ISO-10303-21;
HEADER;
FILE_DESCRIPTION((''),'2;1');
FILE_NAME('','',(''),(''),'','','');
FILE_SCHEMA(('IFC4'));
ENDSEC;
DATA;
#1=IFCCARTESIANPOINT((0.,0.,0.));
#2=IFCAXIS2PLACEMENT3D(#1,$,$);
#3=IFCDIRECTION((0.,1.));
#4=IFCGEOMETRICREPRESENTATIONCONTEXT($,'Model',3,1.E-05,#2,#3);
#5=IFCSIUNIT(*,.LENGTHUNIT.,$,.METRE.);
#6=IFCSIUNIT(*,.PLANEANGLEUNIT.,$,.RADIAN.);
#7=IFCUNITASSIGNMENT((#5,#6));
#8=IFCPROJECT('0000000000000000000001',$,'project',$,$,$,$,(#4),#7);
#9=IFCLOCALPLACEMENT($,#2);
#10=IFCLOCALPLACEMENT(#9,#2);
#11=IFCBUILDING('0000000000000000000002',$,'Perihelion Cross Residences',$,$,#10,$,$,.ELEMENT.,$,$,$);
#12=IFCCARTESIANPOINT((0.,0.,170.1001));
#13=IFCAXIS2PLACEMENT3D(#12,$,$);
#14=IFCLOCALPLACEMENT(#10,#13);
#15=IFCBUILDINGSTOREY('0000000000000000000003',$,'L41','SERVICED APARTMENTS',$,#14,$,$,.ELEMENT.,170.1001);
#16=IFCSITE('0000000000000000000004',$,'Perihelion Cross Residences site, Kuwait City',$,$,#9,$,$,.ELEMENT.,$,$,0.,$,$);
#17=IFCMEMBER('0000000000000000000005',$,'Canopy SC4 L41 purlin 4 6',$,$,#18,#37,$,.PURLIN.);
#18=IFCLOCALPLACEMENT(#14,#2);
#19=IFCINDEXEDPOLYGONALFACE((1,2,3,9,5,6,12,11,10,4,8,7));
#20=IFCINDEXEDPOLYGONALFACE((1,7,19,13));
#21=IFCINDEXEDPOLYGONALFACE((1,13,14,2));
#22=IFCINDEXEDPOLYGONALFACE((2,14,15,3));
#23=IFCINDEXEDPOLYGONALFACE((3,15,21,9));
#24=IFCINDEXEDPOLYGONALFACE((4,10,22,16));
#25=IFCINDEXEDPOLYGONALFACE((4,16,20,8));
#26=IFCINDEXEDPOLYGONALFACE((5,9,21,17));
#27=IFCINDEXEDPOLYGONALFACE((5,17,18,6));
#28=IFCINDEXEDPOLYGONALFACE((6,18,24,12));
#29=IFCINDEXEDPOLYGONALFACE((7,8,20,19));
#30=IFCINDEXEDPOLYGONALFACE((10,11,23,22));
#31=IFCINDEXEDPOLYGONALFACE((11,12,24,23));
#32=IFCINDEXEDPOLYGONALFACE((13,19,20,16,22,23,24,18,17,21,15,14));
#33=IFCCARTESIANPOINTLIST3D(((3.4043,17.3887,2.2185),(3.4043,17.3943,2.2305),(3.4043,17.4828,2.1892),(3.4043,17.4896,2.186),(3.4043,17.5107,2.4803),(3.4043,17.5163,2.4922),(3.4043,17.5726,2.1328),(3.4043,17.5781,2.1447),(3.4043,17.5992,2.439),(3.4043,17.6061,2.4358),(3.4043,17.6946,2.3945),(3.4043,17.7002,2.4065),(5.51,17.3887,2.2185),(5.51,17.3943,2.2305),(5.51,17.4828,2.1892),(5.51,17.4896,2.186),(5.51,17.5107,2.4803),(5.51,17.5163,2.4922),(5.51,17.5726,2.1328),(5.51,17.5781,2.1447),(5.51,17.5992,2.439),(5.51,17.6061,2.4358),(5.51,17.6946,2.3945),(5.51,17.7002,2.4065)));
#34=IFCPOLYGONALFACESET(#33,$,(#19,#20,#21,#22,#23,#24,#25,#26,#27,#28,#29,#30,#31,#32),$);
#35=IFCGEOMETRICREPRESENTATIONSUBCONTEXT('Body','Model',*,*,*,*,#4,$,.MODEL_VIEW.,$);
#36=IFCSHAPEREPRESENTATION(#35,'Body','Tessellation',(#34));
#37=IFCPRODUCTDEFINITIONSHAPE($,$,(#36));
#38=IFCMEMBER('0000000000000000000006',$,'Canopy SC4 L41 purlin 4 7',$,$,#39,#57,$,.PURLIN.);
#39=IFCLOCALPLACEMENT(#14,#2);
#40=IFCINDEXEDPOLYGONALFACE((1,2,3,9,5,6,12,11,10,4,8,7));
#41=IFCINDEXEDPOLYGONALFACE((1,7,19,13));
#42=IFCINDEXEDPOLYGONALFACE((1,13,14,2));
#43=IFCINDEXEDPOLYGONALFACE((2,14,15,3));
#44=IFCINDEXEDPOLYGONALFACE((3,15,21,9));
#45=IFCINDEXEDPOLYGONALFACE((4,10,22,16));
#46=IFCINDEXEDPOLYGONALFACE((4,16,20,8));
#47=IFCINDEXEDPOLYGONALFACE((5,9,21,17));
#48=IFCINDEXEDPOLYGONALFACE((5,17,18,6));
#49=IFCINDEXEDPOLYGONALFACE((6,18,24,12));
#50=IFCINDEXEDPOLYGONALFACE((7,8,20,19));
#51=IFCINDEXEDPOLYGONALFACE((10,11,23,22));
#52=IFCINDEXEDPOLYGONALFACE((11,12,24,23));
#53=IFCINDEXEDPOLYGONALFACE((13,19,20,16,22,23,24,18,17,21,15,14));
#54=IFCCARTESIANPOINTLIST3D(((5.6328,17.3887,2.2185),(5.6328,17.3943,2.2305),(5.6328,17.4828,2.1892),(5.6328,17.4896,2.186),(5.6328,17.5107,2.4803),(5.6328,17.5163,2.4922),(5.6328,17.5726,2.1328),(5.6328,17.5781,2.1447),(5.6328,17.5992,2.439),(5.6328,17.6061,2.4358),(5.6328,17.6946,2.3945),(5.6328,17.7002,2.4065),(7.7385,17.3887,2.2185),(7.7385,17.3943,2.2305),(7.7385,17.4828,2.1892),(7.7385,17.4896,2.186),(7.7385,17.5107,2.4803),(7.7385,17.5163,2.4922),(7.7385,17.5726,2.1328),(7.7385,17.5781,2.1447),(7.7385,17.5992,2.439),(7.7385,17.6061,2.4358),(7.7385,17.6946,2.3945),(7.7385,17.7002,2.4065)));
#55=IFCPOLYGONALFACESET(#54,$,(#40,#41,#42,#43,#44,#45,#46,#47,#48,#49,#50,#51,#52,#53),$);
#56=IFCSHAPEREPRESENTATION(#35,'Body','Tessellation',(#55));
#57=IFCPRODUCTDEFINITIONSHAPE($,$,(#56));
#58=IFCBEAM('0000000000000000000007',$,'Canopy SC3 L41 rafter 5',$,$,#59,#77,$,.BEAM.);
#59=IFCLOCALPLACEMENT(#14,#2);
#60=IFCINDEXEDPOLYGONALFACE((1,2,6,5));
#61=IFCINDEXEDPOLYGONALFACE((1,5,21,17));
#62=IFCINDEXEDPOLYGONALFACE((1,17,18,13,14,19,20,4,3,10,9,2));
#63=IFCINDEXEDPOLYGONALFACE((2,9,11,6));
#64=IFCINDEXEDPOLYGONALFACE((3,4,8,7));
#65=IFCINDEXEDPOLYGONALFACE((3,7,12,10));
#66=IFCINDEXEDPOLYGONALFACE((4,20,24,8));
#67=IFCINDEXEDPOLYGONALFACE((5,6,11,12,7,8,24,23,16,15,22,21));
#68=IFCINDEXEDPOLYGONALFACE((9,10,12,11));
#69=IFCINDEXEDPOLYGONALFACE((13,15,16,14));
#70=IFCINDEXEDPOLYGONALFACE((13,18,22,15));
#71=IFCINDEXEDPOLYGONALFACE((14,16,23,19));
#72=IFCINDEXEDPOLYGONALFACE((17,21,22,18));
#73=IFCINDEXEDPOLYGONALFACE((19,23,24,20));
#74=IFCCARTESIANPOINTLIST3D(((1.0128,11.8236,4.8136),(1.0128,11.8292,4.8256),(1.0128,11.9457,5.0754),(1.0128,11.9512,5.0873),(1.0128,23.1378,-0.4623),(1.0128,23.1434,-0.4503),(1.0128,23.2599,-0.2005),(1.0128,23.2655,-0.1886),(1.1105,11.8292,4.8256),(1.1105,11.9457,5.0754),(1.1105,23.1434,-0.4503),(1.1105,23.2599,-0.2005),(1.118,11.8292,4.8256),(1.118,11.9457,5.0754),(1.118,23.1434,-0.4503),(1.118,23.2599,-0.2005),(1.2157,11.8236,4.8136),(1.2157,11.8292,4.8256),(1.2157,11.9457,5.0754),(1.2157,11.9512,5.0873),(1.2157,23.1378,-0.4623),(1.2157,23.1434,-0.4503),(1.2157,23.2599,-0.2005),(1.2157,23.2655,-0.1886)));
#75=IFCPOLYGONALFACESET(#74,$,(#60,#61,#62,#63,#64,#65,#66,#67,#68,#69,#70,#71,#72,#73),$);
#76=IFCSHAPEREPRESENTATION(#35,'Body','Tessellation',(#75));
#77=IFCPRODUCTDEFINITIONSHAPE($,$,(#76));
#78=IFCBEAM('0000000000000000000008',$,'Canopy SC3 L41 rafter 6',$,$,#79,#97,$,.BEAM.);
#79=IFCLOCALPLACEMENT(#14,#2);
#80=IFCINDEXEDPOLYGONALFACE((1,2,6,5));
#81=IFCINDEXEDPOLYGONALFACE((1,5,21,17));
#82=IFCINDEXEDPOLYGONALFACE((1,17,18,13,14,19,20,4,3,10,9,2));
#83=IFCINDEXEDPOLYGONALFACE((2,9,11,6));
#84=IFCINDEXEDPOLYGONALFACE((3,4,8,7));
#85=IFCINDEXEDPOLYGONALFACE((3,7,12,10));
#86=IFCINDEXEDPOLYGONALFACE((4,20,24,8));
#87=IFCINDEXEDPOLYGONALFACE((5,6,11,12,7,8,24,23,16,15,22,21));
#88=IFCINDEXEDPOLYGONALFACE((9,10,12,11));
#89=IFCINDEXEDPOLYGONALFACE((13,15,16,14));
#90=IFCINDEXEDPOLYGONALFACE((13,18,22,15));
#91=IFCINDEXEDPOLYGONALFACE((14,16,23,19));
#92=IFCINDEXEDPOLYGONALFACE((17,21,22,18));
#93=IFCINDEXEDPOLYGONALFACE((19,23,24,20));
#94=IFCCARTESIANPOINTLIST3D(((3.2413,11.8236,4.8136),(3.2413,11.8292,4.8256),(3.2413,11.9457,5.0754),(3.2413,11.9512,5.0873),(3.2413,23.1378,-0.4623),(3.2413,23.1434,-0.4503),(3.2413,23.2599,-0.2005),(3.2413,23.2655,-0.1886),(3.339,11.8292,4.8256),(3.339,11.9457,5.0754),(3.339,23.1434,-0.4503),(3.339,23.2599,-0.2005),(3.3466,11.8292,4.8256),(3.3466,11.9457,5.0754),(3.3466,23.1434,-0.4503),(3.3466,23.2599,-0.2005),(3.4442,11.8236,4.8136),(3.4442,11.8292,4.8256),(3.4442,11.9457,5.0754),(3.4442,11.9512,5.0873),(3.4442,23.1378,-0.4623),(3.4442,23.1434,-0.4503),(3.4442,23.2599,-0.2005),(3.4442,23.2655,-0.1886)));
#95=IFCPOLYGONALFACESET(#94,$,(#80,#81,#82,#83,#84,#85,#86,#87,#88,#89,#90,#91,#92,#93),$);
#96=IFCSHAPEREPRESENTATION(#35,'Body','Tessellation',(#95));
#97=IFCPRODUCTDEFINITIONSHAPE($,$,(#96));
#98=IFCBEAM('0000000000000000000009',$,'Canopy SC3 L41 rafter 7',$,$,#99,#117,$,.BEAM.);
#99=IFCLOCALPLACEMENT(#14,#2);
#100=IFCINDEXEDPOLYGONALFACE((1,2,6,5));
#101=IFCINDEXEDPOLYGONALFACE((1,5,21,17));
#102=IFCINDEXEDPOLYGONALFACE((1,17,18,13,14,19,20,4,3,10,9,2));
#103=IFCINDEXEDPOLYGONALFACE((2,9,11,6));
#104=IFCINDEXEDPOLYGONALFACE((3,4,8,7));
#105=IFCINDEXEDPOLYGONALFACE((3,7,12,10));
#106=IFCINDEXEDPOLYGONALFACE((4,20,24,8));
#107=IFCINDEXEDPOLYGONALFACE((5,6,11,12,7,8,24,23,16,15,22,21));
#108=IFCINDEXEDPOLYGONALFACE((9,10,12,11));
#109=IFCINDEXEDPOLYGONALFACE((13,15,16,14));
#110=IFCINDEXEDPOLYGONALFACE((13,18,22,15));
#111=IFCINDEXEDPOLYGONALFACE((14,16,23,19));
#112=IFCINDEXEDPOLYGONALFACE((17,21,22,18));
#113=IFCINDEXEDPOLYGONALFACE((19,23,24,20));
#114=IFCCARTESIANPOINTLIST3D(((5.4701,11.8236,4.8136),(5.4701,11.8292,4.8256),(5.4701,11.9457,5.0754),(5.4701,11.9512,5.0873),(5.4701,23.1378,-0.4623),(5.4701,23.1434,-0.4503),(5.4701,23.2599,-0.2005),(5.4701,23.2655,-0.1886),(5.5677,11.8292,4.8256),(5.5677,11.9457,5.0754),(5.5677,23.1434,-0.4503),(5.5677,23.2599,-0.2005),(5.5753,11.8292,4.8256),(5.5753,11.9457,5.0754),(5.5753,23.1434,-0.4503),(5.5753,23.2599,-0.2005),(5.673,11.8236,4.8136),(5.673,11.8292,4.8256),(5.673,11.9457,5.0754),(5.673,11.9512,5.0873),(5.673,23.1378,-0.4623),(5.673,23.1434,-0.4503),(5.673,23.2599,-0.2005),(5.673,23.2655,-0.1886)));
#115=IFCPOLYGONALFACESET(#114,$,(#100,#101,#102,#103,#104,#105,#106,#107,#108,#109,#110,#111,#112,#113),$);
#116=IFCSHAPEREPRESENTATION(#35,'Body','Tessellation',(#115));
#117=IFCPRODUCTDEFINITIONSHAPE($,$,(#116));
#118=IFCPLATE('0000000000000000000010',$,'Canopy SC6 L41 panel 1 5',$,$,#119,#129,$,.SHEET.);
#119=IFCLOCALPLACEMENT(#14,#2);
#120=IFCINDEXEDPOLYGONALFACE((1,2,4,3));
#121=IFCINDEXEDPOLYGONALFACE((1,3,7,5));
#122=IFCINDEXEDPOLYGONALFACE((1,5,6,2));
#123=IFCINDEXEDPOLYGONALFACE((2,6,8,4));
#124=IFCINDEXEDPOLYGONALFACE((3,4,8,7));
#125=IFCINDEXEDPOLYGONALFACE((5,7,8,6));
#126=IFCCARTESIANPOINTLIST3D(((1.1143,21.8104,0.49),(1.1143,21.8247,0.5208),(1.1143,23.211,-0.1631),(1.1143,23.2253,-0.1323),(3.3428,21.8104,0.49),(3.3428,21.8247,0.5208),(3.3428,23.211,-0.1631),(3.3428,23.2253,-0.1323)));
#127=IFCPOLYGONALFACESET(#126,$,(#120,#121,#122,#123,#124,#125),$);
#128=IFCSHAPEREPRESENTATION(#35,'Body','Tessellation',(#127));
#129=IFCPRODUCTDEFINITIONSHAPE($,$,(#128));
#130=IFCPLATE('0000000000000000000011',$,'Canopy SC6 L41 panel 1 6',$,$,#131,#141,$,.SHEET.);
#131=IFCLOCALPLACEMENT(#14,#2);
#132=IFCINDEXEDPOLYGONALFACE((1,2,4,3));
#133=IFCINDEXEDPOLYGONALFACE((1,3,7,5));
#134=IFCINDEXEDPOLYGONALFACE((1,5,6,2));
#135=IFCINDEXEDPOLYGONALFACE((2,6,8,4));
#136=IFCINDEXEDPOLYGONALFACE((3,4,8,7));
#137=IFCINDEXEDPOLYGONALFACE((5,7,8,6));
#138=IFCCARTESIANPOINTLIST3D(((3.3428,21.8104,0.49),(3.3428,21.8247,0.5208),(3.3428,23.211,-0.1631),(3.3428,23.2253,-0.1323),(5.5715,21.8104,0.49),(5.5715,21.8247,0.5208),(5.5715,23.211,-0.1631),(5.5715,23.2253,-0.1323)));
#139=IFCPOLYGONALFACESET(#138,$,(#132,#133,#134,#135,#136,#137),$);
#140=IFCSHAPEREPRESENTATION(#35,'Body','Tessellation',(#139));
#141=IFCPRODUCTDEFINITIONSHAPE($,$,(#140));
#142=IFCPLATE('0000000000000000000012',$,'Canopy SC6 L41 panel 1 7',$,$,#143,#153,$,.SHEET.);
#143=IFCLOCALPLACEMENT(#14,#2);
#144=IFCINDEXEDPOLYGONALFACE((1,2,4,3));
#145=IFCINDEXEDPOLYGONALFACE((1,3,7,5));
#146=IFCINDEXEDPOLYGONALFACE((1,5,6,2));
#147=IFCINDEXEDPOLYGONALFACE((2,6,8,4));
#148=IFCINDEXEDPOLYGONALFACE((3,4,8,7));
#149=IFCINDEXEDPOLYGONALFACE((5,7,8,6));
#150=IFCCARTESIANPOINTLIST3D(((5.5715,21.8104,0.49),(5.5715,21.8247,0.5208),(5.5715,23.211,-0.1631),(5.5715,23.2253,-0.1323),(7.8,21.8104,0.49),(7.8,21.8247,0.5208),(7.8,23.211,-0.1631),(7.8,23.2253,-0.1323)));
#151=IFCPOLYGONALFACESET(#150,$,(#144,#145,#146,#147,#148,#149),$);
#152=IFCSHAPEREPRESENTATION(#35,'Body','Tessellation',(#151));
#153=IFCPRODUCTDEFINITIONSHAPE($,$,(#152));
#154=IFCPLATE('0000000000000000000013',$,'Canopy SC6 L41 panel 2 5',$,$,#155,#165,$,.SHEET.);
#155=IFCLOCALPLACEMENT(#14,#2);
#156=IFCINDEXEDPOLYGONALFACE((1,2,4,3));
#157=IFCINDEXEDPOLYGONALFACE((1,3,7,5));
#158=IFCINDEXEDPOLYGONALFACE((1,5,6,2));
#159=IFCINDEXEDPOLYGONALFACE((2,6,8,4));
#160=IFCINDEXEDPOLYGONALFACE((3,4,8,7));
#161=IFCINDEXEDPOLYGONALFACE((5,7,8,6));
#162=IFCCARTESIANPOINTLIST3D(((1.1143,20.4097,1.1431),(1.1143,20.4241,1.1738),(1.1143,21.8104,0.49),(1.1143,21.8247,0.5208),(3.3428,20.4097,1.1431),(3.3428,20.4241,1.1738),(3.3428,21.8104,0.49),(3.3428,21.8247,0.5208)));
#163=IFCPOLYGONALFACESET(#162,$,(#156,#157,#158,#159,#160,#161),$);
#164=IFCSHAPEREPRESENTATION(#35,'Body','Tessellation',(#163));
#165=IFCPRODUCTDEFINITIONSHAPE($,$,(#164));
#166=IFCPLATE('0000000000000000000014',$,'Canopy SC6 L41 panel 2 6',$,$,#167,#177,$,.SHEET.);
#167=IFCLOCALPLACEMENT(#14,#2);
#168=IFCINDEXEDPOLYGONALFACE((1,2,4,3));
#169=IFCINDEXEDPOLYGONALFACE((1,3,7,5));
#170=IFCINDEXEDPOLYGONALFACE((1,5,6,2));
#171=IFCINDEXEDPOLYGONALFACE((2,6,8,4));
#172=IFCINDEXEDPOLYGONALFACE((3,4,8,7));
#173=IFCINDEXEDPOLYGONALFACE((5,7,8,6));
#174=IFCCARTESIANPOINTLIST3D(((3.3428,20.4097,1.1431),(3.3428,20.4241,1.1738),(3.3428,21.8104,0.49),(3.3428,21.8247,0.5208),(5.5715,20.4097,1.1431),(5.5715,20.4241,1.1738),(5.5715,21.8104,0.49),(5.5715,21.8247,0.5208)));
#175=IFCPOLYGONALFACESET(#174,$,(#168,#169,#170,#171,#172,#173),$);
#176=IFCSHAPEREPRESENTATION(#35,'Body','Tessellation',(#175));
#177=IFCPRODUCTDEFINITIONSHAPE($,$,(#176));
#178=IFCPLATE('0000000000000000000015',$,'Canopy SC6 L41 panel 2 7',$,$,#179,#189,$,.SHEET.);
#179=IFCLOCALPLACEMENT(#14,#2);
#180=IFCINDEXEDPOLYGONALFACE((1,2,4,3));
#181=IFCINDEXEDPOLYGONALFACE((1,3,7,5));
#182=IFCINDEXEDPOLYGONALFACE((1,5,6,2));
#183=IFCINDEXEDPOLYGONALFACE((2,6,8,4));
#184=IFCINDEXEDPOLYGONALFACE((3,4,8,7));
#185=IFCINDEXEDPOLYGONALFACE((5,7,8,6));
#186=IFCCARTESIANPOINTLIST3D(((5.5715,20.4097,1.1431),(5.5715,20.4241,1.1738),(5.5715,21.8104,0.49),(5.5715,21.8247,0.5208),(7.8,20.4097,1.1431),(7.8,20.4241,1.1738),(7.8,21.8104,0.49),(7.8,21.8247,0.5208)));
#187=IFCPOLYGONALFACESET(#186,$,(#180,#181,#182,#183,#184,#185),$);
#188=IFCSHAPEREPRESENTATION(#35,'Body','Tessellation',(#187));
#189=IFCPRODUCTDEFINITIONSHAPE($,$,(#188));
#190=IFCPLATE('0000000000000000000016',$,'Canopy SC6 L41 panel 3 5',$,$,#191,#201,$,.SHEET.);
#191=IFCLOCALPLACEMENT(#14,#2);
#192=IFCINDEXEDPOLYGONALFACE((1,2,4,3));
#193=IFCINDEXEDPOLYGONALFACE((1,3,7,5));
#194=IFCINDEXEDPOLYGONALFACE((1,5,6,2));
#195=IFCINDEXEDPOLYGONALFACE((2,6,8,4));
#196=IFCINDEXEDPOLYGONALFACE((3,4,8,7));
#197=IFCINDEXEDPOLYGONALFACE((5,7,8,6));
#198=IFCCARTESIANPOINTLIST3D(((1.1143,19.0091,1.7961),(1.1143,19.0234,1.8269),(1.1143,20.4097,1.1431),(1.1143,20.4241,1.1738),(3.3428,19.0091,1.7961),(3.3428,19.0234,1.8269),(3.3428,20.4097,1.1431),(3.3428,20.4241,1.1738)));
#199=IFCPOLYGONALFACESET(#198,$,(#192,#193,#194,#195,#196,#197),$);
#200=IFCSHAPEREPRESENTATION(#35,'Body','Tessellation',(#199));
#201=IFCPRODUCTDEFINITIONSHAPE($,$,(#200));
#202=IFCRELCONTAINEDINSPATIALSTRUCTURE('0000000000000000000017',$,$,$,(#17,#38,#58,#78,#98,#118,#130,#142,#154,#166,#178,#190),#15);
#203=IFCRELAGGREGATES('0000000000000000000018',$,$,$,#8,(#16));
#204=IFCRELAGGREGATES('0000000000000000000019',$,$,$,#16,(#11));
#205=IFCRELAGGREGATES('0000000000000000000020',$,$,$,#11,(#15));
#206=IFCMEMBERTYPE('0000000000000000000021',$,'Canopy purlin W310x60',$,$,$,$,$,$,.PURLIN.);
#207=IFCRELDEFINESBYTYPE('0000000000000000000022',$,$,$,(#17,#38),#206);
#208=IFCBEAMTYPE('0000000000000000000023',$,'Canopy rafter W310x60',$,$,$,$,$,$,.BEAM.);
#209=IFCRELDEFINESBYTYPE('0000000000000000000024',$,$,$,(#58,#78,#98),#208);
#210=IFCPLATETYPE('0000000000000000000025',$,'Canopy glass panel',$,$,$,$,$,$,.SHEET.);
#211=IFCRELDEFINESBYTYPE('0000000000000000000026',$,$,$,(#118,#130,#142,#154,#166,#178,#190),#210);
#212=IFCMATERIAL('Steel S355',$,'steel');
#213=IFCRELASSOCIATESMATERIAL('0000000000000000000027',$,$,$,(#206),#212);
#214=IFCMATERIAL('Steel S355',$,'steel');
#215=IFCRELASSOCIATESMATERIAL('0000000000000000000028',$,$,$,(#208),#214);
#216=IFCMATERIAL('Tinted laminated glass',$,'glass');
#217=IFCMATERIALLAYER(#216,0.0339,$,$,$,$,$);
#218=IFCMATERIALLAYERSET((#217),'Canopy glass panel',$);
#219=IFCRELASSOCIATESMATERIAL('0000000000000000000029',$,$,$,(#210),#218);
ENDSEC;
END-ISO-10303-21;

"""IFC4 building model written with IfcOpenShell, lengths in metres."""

from ifc_helpers import new_model, si_unit, direction, frame, origin, origin_2d, place, context, subcontext, project, spatial, polyline, i_section, outline, extrude, material, layer, layer_set, material_profile, profile_set, type_object, element, save


model = new_model("IFC4")

# Units and contexts
model_context = context("Model", 3, precision=1e-05, world=origin(), true_north=direction((0.0, 1.0)))
body_context = subcontext(model_context, "Body", "Model", "MODEL_VIEW")
ifc_project = project(units=[si_unit("LENGTHUNIT", "METRE"), si_unit("PLANEANGLEUNIT", "RADIAN")], contexts=[model_context])

# Site, building, storey
site_placement = place(None, origin())
site = spatial("IfcSite", under=ifc_project, at=site_placement, Name="Perihelion Cross Residences site, Kuwait City", CompositionType="ELEMENT", RefElevation=0.0)
building_placement = place(site_placement, origin())
building = spatial("IfcBuilding", under=site, at=building_placement, Name="Perihelion Cross Residences", CompositionType="ELEMENT")
storey_placement = place(building_placement, frame((0.0, 0.0, 170.1001)))
storey = spatial("IfcBuildingStorey", under=building, at=storey_placement, Name="L41", Description="SERVICED APARTMENTS", CompositionType="ELEMENT", Elevation=170.1001)

# Members
ifc_material_1 = material(Name="Steel S355", Category="steel")
ifc_material_profile_1 = material_profile(ifc_material_1, i_section(OverallWidth=0.2029, OverallDepth=0.302, WebThickness=0.0076, FlangeThickness=0.0132, at=origin_2d()), Name="W310x60")
ifc_profile_set_1 = profile_set([ifc_material_profile_1], Name="Steel S355")
member_type = type_object("IfcMemberType", Name="Canopy purlin W310x60", PredefinedType="PURLIN", material=ifc_profile_set_1)
for number, where, z_axis, x_axis, name in (
    (1, (3.4043, 17.5444, 2.3125), (1.0, 0.0, 0.0), (0.0, 0.906308, -0.422618), "Canopy SC4 L41 purlin 4 6"),
    (2, (5.6328, 17.5444, 2.3125), (1.0, 0.0, 0.0), (0.0, 0.906308, -0.422618), "Canopy SC4 L41 purlin 4 7"),
):
    element("IfcMember", number, at=place(storey_placement, frame(where, z_axis=z_axis, x_axis=x_axis)), inside=storey, type_object=member_type, Name=name, PredefinedType="PURLIN", context=body_context, shape_type="SweptSolid", body=[
        extrude(i_section(OverallWidth=0.2029, OverallDepth=0.302, WebThickness=0.0076, FlangeThickness=0.0132, at=origin_2d()), origin(), (0.0, 0.0, 1.0), 2.1057),
    ])

# Beams
ifc_material_2 = material(Name="Steel S355", Category="steel")
ifc_material_profile_2 = material_profile(ifc_material_2, i_section(OverallWidth=0.2029, OverallDepth=0.302, WebThickness=0.0076, FlangeThickness=0.0132, at=origin_2d()), Name="W310x60")
ifc_profile_set_2 = profile_set([ifc_material_profile_2], Name="Steel S355")
beam_type = type_object("IfcBeamType", Name="Canopy rafter W310x60", PredefinedType="BEAM", material=ifc_profile_set_2)
for number, where, z_axis, x_axis, name in (
    (3, (1.1143, 23.2017, -0.3254), (0.0, -0.906309, 0.422617), (1.0, 0.0, 0.0), "Canopy SC3 L41 rafter 5"),
    (4, (3.3428, 23.2017, -0.3254), (0.0, -0.906309, 0.422617), (1.0, 0.0, 0.0), "Canopy SC3 L41 rafter 6"),
    (5, (5.5715, 23.2017, -0.3254), (0.0, -0.906309, 0.422617), (1.0, 0.0, 0.0), "Canopy SC3 L41 rafter 7"),
):
    element("IfcBeam", number, at=place(storey_placement, frame(where, z_axis=z_axis, x_axis=x_axis)), inside=storey, type_object=beam_type, Name=name, PredefinedType="BEAM", context=body_context, shape_type="SweptSolid", body=[
        extrude(i_section(OverallWidth=0.2029, OverallDepth=0.302, WebThickness=0.0076, FlangeThickness=0.0132, at=origin_2d()), origin(), (0.0, 0.0, 1.0), 12.4839),
    ])

# Plates
ifc_material_3 = material(Name="Tinted laminated glass", Category="glass")
ifc_layer = layer(ifc_material_3, 0.0339)
ifc_layer_set = layer_set([ifc_layer], Name="Canopy glass panel")
plate_type = type_object("IfcPlateType", Name="Canopy glass panel", PredefinedType="SHEET", material=ifc_layer_set)
plate_1_placement = place(storey_placement, frame((1.1143, 23.2253, -0.1323), z_axis=(0.0, 0.422591, 0.90632), x_axis=(1.0, 0.0, 0.0)))
element("IfcPlate", 6, at=plate_1_placement, inside=storey, type_object=plate_type, Name="Canopy SC6 L41 panel 1 5", PredefinedType="SHEET", context=body_context, shape_type="SweptSolid", body=[
    extrude(outline(polyline([(0.0, 0.0), (2.2285, 0.0), (2.2285, -1.5454), (0.0, -1.5454), (0.0, 0.0)])), origin(), (0.0, 0.0, -1.0), 0.0339),
])
plate_2_placement = place(storey_placement, frame((3.3428, 23.2253, -0.1323), z_axis=(0.0, 0.422591, 0.90632), x_axis=(1.0, 0.0, 0.0)))
element("IfcPlate", 7, at=plate_2_placement, inside=storey, type_object=plate_type, Name="Canopy SC6 L41 panel 1 6", PredefinedType="SHEET", context=body_context, shape_type="SweptSolid", body=[
    extrude(outline(polyline([(0.0, 0.0), (2.2288, 0.0), (2.2288, -1.5454), (0.0, -1.5454), (0.0, 0.0)])), origin(), (0.0, 0.0, -1.0), 0.0339),
])
for number, where, z_axis, x_axis, name in (
    (8, (5.5715, 23.2253, -0.1323), (0.0, 0.422591, 0.90632), (1.0, 0.0, 0.0), "Canopy SC6 L41 panel 1 7"),
    (9, (1.1143, 21.8247, 0.5208), (0.0, 0.422591, 0.90632), (1.0, 0.0, 0.0), "Canopy SC6 L41 panel 2 5"),
):
    element("IfcPlate", number, at=place(storey_placement, frame(where, z_axis=z_axis, x_axis=x_axis)), inside=storey, type_object=plate_type, Name=name, PredefinedType="SHEET", context=body_context, shape_type="SweptSolid", body=[
        extrude(outline(polyline([(0.0, 0.0), (2.2285, 0.0), (2.2285, -1.5454), (0.0, -1.5454), (0.0, 0.0)])), origin(), (0.0, 0.0, -1.0), 0.0339),
    ])
plate_3_placement = place(storey_placement, frame((3.3428, 21.8247, 0.5208), z_axis=(0.0, 0.422591, 0.90632), x_axis=(1.0, 0.0, 0.0)))
element("IfcPlate", 10, at=plate_3_placement, inside=storey, type_object=plate_type, Name="Canopy SC6 L41 panel 2 6", PredefinedType="SHEET", context=body_context, shape_type="SweptSolid", body=[
    extrude(outline(polyline([(0.0, 0.0), (2.2288, 0.0), (2.2288, -1.5454), (0.0, -1.5454), (0.0, 0.0)])), origin(), (0.0, 0.0, -1.0), 0.0339),
])
for number, where, z_axis, x_axis, name in (
    (11, (5.5715, 21.8247, 0.5208), (0.0, 0.422591, 0.90632), (1.0, 0.0, 0.0), "Canopy SC6 L41 panel 2 7"),
    (12, (1.1143, 20.4241, 1.1738), (0.0, 0.422591, 0.90632), (1.0, 0.0, 0.0), "Canopy SC6 L41 panel 3 5"),
):
    element("IfcPlate", number, at=place(storey_placement, frame(where, z_axis=z_axis, x_axis=x_axis)), inside=storey, type_object=plate_type, Name=name, PredefinedType="SHEET", context=body_context, shape_type="SweptSolid", body=[
        extrude(outline(polyline([(0.0, 0.0), (2.2285, 0.0), (2.2285, -1.5454), (0.0, -1.5454), (0.0, 0.0)])), origin(), (0.0, 0.0, -1.0), 0.0339),
    ])

save(model, "model.ifc")
